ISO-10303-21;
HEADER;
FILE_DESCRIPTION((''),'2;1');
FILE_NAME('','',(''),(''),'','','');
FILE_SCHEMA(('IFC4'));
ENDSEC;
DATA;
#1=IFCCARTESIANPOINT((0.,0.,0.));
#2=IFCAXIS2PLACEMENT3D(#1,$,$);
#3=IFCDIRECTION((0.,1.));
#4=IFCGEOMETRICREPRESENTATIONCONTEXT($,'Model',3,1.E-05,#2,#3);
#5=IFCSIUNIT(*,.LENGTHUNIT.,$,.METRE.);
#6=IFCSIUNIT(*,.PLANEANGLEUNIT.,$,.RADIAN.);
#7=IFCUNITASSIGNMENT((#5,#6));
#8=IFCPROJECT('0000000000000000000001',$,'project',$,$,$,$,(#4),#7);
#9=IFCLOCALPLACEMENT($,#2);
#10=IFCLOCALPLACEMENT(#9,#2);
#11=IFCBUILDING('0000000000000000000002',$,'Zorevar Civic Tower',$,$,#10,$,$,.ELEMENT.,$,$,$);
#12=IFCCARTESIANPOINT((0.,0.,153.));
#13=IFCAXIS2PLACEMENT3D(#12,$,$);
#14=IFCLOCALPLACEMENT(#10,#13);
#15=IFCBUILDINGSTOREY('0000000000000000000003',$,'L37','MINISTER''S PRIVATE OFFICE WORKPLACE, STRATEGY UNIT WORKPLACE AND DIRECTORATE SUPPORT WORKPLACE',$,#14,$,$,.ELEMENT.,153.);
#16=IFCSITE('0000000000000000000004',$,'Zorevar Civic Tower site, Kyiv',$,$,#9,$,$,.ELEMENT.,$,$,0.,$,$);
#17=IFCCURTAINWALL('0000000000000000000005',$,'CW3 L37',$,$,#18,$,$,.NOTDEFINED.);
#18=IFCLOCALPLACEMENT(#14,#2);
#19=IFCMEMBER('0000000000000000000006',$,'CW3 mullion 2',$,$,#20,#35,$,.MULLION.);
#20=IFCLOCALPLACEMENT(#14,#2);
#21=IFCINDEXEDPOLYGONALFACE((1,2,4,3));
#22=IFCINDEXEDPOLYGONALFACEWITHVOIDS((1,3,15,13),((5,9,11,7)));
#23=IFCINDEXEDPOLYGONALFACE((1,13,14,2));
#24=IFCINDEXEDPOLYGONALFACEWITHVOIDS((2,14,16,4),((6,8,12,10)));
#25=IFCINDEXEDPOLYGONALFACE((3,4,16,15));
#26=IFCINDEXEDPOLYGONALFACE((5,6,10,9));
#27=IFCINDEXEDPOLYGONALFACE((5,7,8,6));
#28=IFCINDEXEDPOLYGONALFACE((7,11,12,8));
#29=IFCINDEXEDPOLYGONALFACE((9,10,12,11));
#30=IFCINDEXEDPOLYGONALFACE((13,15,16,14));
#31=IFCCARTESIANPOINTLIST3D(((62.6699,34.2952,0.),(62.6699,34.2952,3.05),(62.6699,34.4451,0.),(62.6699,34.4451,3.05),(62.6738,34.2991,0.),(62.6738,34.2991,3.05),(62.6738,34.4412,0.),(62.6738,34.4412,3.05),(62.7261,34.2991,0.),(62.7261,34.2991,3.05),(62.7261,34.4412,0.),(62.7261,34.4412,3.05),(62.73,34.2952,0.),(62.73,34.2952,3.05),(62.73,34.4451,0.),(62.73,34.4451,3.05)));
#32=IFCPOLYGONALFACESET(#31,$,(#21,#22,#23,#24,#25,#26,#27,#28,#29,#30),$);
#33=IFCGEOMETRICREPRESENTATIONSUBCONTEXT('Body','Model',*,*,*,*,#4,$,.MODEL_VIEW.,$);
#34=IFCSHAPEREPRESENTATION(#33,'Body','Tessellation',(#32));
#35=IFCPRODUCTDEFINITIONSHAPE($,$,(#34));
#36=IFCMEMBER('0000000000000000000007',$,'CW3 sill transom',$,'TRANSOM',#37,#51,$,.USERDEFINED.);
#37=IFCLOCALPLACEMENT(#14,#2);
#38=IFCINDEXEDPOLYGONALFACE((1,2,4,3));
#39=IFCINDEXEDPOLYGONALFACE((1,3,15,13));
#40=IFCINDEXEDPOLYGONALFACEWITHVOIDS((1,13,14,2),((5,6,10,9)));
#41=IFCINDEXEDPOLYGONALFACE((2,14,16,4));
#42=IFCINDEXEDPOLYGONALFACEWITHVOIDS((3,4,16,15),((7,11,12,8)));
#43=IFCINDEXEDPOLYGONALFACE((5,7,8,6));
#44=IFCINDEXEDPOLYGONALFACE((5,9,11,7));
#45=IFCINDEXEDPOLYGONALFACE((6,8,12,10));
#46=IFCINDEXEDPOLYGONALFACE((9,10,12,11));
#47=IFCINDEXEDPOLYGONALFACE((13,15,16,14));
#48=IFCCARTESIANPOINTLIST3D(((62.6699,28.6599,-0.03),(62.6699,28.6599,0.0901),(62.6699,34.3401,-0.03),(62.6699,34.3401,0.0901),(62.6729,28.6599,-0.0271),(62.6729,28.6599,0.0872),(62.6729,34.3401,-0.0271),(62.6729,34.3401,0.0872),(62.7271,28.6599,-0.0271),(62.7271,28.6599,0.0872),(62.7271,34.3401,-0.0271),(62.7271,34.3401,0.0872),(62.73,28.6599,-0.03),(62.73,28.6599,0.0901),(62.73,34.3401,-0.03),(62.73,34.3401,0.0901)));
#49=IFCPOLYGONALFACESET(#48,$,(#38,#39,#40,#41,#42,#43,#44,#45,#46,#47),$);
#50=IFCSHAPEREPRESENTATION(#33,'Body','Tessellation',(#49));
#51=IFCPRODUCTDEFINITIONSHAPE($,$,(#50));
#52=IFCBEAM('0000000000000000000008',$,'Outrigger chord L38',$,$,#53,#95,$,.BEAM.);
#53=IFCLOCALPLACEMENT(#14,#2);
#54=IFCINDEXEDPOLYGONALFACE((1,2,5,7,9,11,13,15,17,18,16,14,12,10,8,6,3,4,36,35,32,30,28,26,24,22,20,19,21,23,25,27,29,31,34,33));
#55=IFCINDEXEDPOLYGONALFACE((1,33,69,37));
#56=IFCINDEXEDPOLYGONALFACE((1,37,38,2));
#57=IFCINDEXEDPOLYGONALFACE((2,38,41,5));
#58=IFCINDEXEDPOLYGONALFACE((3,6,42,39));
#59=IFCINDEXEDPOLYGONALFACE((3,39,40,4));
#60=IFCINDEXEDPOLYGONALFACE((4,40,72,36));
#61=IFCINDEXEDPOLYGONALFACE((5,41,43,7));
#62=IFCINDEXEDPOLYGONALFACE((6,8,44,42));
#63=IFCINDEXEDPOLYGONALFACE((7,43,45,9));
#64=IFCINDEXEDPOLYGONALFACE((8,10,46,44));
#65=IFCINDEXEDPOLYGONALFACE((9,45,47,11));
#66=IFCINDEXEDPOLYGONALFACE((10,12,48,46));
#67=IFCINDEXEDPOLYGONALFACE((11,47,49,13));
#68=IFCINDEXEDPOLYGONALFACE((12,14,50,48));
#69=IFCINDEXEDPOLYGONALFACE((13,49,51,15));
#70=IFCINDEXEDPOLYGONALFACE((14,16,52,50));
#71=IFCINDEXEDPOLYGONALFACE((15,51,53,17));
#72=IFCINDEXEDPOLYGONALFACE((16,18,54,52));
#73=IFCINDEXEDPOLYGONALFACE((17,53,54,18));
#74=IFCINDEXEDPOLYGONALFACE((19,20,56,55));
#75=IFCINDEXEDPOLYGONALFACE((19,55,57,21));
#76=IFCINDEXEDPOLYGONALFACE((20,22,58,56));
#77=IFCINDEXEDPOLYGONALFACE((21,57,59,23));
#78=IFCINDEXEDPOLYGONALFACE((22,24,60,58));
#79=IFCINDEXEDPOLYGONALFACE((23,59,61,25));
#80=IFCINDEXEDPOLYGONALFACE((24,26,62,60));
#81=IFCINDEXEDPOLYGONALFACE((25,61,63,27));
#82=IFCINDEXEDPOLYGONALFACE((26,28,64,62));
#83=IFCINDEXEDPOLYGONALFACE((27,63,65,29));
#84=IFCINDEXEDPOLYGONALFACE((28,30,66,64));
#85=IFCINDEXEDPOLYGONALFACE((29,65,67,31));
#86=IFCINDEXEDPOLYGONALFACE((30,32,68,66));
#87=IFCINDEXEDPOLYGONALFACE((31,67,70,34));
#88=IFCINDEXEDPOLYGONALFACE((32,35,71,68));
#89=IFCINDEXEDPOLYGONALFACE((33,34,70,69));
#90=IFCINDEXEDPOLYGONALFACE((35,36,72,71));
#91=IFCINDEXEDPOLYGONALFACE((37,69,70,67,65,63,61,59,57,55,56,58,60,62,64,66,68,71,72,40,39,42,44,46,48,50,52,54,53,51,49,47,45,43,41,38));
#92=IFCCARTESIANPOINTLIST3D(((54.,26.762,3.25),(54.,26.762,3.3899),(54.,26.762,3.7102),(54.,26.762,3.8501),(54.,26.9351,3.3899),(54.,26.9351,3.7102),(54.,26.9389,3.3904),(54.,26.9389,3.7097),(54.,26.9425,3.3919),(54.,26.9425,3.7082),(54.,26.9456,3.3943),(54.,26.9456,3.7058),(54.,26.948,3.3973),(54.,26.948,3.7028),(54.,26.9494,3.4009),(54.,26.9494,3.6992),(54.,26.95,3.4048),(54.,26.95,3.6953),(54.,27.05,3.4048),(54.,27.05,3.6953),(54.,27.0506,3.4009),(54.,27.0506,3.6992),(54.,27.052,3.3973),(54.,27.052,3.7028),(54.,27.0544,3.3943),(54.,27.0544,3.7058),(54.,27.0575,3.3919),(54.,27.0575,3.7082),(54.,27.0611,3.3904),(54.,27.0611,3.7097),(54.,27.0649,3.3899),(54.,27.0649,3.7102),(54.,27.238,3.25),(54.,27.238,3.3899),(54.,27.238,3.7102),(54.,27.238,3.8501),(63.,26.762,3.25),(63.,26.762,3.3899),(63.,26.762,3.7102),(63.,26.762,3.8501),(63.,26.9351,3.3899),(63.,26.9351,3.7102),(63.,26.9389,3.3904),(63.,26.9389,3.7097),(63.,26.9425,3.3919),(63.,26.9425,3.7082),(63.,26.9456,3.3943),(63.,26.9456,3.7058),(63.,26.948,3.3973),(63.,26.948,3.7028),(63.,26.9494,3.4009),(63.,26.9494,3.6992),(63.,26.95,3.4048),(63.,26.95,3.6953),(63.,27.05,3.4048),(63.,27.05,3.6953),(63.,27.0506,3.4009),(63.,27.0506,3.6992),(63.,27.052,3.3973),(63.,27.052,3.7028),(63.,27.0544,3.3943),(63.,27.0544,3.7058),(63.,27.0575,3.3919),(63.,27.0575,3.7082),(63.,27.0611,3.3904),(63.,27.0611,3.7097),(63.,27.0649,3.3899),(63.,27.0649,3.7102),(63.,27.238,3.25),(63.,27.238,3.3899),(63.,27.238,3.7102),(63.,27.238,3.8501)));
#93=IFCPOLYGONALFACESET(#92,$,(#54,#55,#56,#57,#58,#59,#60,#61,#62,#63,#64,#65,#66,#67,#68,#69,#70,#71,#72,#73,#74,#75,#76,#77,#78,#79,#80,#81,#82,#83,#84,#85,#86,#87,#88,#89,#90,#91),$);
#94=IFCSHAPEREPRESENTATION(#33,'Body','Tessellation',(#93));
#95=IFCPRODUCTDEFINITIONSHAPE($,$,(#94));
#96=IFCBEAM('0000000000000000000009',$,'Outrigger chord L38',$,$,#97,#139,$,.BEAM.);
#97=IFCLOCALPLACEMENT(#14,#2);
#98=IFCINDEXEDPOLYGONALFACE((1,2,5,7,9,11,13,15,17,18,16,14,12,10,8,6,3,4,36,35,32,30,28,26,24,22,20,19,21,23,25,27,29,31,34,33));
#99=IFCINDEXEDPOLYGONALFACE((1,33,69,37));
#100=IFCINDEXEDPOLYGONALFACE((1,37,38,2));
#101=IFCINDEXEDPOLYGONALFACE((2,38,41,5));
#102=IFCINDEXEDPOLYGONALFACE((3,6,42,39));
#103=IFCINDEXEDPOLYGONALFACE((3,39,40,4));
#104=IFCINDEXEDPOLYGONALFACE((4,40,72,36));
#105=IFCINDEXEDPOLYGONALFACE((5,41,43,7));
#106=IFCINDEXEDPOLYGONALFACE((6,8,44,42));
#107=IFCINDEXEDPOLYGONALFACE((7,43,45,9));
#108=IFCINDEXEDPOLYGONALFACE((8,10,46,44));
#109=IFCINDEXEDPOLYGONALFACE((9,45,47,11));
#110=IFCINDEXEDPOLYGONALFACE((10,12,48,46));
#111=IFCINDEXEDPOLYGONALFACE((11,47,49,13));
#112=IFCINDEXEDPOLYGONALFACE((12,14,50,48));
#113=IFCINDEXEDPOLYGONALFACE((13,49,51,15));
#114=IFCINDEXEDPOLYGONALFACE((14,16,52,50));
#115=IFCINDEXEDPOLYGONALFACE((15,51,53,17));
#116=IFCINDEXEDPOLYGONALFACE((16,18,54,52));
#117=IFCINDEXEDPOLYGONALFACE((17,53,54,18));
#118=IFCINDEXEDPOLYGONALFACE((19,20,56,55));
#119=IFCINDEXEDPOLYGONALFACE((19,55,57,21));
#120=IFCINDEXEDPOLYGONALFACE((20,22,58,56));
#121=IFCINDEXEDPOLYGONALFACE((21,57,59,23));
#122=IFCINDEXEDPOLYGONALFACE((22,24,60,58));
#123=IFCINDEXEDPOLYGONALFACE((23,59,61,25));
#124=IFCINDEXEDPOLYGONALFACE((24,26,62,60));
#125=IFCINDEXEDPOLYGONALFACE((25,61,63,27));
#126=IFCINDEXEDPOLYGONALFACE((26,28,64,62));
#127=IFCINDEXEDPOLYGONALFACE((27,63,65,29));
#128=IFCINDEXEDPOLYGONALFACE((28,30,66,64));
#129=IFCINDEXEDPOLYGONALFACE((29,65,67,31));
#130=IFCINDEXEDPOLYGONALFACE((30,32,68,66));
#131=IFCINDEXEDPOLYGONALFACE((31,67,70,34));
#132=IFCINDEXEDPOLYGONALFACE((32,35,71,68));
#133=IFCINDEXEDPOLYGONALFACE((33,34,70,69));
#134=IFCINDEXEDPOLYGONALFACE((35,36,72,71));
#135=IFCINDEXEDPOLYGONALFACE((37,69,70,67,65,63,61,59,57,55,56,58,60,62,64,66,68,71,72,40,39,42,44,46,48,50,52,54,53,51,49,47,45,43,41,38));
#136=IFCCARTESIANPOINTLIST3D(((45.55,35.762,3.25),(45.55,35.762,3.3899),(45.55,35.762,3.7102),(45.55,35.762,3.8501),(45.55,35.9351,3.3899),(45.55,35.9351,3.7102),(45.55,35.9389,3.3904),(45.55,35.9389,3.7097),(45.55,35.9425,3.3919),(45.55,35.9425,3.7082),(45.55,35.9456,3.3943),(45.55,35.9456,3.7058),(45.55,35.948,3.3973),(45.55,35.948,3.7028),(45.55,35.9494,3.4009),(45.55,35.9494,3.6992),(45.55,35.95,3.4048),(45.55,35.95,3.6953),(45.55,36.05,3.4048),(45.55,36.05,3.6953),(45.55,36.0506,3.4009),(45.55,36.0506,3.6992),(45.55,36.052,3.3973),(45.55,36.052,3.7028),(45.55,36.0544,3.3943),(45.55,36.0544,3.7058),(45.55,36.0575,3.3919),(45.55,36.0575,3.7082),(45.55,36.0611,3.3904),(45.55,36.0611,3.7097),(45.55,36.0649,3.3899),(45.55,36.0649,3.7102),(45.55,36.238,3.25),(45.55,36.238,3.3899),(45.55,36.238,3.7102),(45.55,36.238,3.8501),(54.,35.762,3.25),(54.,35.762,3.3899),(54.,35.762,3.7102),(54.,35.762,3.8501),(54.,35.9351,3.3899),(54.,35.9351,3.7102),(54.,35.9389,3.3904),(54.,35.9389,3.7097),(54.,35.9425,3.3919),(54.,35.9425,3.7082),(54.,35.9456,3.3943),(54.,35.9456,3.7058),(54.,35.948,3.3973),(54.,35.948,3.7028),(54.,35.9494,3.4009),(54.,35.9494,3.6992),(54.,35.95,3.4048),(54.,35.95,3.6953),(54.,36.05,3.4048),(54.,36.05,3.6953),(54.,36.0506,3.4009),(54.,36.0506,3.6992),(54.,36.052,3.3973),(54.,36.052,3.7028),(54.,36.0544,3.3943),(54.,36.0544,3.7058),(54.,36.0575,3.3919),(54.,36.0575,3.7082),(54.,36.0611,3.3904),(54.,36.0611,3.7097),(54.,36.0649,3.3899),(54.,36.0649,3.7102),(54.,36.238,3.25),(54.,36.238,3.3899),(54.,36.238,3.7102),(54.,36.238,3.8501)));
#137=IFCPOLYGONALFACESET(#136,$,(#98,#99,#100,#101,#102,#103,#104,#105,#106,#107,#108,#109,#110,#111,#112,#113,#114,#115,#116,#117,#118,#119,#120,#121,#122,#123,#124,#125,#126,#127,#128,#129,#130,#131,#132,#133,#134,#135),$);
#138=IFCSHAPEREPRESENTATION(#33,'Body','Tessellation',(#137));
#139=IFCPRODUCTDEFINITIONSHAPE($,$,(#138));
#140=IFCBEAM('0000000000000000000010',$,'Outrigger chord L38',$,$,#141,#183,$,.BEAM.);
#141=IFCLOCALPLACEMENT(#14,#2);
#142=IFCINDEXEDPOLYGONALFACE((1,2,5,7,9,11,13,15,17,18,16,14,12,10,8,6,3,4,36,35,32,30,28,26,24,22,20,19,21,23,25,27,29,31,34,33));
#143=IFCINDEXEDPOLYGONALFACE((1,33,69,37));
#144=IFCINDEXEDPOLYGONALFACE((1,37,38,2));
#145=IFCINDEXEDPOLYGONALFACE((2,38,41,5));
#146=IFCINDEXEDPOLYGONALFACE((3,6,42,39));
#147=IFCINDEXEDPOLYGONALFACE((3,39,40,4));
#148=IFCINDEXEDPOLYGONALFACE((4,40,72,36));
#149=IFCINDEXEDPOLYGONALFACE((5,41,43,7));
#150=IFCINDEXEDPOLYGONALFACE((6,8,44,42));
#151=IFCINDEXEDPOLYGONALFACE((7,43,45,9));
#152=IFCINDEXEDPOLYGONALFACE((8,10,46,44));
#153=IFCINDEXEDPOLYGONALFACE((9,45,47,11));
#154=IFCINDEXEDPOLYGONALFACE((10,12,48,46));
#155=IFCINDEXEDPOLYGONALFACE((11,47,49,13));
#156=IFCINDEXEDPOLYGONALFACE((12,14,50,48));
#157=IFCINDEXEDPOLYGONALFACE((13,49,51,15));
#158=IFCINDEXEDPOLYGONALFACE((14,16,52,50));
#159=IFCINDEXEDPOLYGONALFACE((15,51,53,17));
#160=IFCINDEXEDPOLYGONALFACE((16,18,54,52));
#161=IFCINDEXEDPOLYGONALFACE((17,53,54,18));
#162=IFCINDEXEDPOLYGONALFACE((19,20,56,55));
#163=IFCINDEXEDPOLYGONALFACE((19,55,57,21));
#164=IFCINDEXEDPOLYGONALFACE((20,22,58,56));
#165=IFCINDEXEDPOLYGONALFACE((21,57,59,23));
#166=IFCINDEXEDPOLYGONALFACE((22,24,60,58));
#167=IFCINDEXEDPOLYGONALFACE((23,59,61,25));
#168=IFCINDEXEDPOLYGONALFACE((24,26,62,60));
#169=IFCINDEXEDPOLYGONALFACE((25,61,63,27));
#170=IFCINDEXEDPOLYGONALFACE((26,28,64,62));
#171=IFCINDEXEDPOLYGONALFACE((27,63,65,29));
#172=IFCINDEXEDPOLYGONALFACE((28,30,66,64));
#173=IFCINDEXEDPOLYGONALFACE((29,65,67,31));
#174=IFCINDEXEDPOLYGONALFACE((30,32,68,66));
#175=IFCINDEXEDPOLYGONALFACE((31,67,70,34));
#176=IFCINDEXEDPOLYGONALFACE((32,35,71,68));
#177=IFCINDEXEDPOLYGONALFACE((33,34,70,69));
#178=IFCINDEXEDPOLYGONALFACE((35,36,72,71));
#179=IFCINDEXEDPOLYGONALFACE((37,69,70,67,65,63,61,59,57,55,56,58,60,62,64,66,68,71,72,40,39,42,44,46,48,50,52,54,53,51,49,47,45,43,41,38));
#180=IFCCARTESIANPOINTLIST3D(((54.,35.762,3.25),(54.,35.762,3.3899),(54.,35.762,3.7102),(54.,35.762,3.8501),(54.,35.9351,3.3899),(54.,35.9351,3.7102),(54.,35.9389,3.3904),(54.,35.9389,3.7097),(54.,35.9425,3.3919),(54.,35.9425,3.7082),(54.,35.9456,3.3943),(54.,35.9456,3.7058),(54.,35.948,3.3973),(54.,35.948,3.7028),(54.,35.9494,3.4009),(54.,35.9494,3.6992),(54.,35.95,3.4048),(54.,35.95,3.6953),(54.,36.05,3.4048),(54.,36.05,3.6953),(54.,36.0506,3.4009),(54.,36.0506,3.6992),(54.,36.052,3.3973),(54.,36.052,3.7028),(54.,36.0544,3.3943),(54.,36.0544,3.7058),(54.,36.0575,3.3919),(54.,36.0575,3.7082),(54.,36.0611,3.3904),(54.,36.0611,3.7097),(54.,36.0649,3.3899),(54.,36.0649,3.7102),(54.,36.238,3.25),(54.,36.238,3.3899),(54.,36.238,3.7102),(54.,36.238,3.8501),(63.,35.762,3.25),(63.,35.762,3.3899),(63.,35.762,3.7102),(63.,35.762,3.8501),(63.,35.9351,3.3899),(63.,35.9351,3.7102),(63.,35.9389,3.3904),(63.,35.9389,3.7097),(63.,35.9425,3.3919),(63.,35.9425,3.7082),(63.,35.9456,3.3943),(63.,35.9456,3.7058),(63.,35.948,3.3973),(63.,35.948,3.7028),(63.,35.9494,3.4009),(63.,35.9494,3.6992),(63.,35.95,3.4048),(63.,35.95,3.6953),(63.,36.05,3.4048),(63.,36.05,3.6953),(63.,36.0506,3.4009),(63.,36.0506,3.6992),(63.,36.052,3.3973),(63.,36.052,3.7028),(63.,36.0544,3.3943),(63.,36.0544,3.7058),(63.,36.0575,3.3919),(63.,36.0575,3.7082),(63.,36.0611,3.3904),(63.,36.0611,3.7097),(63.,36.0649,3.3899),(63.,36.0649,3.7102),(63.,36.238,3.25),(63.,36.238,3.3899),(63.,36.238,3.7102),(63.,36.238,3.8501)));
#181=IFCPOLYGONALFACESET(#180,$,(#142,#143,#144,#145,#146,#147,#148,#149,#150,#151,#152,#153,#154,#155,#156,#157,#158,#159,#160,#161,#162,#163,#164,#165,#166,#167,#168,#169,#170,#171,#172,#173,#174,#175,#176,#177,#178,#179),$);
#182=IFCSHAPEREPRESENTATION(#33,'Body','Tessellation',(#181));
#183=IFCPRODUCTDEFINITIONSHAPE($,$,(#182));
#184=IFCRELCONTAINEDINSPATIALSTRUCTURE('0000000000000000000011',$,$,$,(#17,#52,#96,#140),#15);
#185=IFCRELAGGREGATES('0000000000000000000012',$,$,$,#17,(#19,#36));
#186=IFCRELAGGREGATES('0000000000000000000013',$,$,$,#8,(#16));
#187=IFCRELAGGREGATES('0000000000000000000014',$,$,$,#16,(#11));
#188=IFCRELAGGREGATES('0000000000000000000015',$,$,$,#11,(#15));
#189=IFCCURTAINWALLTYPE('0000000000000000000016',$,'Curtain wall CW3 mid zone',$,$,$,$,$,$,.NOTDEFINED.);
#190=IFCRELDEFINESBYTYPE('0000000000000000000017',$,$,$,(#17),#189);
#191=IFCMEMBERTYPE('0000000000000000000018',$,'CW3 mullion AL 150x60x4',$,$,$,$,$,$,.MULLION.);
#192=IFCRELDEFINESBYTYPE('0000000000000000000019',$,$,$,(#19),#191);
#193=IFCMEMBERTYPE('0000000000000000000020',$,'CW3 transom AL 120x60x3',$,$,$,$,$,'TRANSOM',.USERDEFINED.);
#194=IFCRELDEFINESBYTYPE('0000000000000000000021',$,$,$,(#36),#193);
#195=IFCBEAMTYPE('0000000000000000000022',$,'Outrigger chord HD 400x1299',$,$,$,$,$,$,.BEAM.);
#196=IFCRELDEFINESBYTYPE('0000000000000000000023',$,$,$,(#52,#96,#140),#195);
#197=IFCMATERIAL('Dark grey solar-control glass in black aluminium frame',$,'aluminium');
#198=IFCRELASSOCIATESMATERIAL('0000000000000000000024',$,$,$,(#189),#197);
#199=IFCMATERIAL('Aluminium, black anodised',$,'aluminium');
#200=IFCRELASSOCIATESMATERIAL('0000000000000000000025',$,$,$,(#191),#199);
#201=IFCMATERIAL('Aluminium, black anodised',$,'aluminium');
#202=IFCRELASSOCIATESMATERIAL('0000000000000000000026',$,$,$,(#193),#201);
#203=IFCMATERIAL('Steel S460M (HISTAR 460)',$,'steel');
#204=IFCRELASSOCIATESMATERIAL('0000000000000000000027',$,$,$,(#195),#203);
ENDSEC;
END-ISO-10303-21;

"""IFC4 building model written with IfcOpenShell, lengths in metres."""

from ifc_helpers import new_model, si_unit, direction, frame, origin, origin_2d, place, context, subcontext, project, spatial, hollow_rectangle, i_section, extrude, material, material_profile, profile_set, type_object, element, aggregate, save


model = new_model("IFC4")

# Units and contexts
model_context = context("Model", 3, precision=1e-05, world=origin(), true_north=direction((0.0, 1.0)))
body_context = subcontext(model_context, "Body", "Model", "MODEL_VIEW")
ifc_project = project(units=[si_unit("LENGTHUNIT", "METRE"), si_unit("PLANEANGLEUNIT", "RADIAN")], contexts=[model_context])

# Site, building, storey
site_placement = place(None, origin())
site = spatial("IfcSite", under=ifc_project, at=site_placement, Name="Zorevar Civic Tower site, Kyiv", CompositionType="ELEMENT", RefElevation=0.0)
building_placement = place(site_placement, origin())
building = spatial("IfcBuilding", under=site, at=building_placement, Name="Zorevar Civic Tower", CompositionType="ELEMENT")
storey_placement = place(building_placement, frame((0.0, 0.0, 153.0)))
storey = spatial("IfcBuildingStorey", under=building, at=storey_placement, Name="L37", Description="MINISTER'S PRIVATE OFFICE WORKPLACE, STRATEGY UNIT WORKPLACE AND DIRECTORATE SUPPORT WORKPLACE", CompositionType="ELEMENT", Elevation=153.0)

# Shared definitions
ifc_material_1 = material(Name="Dark grey solar-control glass in black aluminium frame", Category="aluminium")
curtain_wall_type = type_object("IfcCurtainWallType", Name="Curtain wall CW3 mid zone", PredefinedType="NOTDEFINED", material=ifc_material_1)
ifc_material_2 = material(Name="Aluminium, black anodised", Category="aluminium")
ifc_material_profile_1 = material_profile(ifc_material_2, hollow_rectangle(XDim=0.0601, YDim=0.1499, WallThickness=0.0039, at=origin_2d()), Name="AL 150x60x4")
ifc_profile_set_1 = profile_set([ifc_material_profile_1], Name="Aluminium, black anodised")
member_type_1 = type_object("IfcMemberType", Name="CW3 mullion AL 150x60x4", PredefinedType="MULLION", material=ifc_profile_set_1)

# Curtain wall, members
curtain_wall_1_placement = place(storey_placement, origin())
curtain_wall_1 = element("IfcCurtainWall", 1, at=curtain_wall_1_placement, inside=storey, type_object=curtain_wall_type, Name="CW3 L37", PredefinedType="NOTDEFINED")
member_1_placement = place(storey_placement, frame((62.7, 34.3701, 0.0), z_axis=(0.0, 0.0, 1.0), x_axis=(-1.0, 0.0, 0.0)))
member_1 = element("IfcMember", 2, at=member_1_placement, type_object=member_type_1, Name="CW3 mullion 2", PredefinedType="MULLION", context=body_context, shape_type="SweptSolid", body=[
    extrude(hollow_rectangle(XDim=0.0601, YDim=0.1499, WallThickness=0.0039, at=origin_2d()), origin(), (0.0, 0.0, 1.0), 3.05),
])
ifc_material_3 = material(Name="Aluminium, black anodised", Category="aluminium")
ifc_material_profile_2 = material_profile(ifc_material_3, hollow_rectangle(XDim=0.0601, YDim=0.1201, WallThickness=0.0029, at=origin_2d()), Name="AL 120x60x3")
ifc_profile_set_2 = profile_set([ifc_material_profile_2], Name="Aluminium, black anodised")
member_type_2 = type_object("IfcMemberType", Name="CW3 transom AL 120x60x3", ElementType="TRANSOM", PredefinedType="USERDEFINED", material=ifc_profile_set_2)
member_2_placement = place(storey_placement, frame((62.7, 28.6599, 0.03), z_axis=(0.0, 1.0, 0.0), x_axis=(-1.0, 0.0, 0.0)))
member_2 = element("IfcMember", 3, at=member_2_placement, type_object=member_type_2, Name="CW3 sill transom", ObjectType="TRANSOM", PredefinedType="USERDEFINED", context=body_context, shape_type="SweptSolid", body=[
    extrude(hollow_rectangle(XDim=0.0601, YDim=0.1201, WallThickness=0.0029, at=origin_2d()), origin(), (0.0, 0.0, 1.0), 5.6802),
])

# Beams
ifc_material_4 = material(Name="Steel S460M (HISTAR 460)", Category="steel")
ifc_material_profile_3 = material_profile(ifc_material_4, i_section(OverallWidth=0.4761, OverallDepth=0.6001, WebThickness=0.1001, FlangeThickness=0.1399, FilletRadius=0.0149, at=origin_2d()), Name="HD 400x1299")
ifc_profile_set_3 = profile_set([ifc_material_profile_3], Name="Steel S460M (HISTAR 460)")
beam_type_1 = type_object("IfcBeamType", Name="Outrigger chord HD 400x1299", PredefinedType="BEAM", material=ifc_profile_set_3)
beam_1_placement = place(storey_placement, frame((54.0, 27.0, 3.55), z_axis=(1.0, 0.0, 0.0), x_axis=(0.0, 1.0, 0.0)))
element("IfcBeam", 4, at=beam_1_placement, inside=storey, type_object=beam_type_1, Name="Outrigger chord L38", PredefinedType="BEAM", context=body_context, shape_type="SweptSolid", body=[
    extrude(i_section(OverallWidth=0.4761, OverallDepth=0.6001, WebThickness=0.1001, FlangeThickness=0.1399, FilletRadius=0.0149, at=origin_2d()), origin(), (0.0, 0.0, 1.0), 9.0),
])
beam_2_placement = place(storey_placement, frame((45.55, 36.0, 3.55), z_axis=(1.0, 0.0, 0.0), x_axis=(0.0, 1.0, 0.0)))
element("IfcBeam", 5, at=beam_2_placement, inside=storey, type_object=beam_type_1, Name="Outrigger chord L38", PredefinedType="BEAM", context=body_context, shape_type="SweptSolid", body=[
    extrude(i_section(OverallWidth=0.4761, OverallDepth=0.6001, WebThickness=0.1001, FlangeThickness=0.1399, FilletRadius=0.0149, at=origin_2d()), origin(), (0.0, 0.0, 1.0), 8.45),
])
beam_3_placement = place(storey_placement, frame((54.0, 36.0, 3.55), z_axis=(1.0, 0.0, 0.0), x_axis=(0.0, 1.0, 0.0)))
element("IfcBeam", 6, at=beam_3_placement, inside=storey, type_object=beam_type_1, Name="Outrigger chord L38", PredefinedType="BEAM", context=body_context, shape_type="SweptSolid", body=[
    extrude(i_section(OverallWidth=0.4761, OverallDepth=0.6001, WebThickness=0.1001, FlangeThickness=0.1399, FilletRadius=0.0149, at=origin_2d()), origin(), (0.0, 0.0, 1.0), 9.0),
])

aggregate(curtain_wall_1, [member_1, member_2])

save(model, "model.ifc")
